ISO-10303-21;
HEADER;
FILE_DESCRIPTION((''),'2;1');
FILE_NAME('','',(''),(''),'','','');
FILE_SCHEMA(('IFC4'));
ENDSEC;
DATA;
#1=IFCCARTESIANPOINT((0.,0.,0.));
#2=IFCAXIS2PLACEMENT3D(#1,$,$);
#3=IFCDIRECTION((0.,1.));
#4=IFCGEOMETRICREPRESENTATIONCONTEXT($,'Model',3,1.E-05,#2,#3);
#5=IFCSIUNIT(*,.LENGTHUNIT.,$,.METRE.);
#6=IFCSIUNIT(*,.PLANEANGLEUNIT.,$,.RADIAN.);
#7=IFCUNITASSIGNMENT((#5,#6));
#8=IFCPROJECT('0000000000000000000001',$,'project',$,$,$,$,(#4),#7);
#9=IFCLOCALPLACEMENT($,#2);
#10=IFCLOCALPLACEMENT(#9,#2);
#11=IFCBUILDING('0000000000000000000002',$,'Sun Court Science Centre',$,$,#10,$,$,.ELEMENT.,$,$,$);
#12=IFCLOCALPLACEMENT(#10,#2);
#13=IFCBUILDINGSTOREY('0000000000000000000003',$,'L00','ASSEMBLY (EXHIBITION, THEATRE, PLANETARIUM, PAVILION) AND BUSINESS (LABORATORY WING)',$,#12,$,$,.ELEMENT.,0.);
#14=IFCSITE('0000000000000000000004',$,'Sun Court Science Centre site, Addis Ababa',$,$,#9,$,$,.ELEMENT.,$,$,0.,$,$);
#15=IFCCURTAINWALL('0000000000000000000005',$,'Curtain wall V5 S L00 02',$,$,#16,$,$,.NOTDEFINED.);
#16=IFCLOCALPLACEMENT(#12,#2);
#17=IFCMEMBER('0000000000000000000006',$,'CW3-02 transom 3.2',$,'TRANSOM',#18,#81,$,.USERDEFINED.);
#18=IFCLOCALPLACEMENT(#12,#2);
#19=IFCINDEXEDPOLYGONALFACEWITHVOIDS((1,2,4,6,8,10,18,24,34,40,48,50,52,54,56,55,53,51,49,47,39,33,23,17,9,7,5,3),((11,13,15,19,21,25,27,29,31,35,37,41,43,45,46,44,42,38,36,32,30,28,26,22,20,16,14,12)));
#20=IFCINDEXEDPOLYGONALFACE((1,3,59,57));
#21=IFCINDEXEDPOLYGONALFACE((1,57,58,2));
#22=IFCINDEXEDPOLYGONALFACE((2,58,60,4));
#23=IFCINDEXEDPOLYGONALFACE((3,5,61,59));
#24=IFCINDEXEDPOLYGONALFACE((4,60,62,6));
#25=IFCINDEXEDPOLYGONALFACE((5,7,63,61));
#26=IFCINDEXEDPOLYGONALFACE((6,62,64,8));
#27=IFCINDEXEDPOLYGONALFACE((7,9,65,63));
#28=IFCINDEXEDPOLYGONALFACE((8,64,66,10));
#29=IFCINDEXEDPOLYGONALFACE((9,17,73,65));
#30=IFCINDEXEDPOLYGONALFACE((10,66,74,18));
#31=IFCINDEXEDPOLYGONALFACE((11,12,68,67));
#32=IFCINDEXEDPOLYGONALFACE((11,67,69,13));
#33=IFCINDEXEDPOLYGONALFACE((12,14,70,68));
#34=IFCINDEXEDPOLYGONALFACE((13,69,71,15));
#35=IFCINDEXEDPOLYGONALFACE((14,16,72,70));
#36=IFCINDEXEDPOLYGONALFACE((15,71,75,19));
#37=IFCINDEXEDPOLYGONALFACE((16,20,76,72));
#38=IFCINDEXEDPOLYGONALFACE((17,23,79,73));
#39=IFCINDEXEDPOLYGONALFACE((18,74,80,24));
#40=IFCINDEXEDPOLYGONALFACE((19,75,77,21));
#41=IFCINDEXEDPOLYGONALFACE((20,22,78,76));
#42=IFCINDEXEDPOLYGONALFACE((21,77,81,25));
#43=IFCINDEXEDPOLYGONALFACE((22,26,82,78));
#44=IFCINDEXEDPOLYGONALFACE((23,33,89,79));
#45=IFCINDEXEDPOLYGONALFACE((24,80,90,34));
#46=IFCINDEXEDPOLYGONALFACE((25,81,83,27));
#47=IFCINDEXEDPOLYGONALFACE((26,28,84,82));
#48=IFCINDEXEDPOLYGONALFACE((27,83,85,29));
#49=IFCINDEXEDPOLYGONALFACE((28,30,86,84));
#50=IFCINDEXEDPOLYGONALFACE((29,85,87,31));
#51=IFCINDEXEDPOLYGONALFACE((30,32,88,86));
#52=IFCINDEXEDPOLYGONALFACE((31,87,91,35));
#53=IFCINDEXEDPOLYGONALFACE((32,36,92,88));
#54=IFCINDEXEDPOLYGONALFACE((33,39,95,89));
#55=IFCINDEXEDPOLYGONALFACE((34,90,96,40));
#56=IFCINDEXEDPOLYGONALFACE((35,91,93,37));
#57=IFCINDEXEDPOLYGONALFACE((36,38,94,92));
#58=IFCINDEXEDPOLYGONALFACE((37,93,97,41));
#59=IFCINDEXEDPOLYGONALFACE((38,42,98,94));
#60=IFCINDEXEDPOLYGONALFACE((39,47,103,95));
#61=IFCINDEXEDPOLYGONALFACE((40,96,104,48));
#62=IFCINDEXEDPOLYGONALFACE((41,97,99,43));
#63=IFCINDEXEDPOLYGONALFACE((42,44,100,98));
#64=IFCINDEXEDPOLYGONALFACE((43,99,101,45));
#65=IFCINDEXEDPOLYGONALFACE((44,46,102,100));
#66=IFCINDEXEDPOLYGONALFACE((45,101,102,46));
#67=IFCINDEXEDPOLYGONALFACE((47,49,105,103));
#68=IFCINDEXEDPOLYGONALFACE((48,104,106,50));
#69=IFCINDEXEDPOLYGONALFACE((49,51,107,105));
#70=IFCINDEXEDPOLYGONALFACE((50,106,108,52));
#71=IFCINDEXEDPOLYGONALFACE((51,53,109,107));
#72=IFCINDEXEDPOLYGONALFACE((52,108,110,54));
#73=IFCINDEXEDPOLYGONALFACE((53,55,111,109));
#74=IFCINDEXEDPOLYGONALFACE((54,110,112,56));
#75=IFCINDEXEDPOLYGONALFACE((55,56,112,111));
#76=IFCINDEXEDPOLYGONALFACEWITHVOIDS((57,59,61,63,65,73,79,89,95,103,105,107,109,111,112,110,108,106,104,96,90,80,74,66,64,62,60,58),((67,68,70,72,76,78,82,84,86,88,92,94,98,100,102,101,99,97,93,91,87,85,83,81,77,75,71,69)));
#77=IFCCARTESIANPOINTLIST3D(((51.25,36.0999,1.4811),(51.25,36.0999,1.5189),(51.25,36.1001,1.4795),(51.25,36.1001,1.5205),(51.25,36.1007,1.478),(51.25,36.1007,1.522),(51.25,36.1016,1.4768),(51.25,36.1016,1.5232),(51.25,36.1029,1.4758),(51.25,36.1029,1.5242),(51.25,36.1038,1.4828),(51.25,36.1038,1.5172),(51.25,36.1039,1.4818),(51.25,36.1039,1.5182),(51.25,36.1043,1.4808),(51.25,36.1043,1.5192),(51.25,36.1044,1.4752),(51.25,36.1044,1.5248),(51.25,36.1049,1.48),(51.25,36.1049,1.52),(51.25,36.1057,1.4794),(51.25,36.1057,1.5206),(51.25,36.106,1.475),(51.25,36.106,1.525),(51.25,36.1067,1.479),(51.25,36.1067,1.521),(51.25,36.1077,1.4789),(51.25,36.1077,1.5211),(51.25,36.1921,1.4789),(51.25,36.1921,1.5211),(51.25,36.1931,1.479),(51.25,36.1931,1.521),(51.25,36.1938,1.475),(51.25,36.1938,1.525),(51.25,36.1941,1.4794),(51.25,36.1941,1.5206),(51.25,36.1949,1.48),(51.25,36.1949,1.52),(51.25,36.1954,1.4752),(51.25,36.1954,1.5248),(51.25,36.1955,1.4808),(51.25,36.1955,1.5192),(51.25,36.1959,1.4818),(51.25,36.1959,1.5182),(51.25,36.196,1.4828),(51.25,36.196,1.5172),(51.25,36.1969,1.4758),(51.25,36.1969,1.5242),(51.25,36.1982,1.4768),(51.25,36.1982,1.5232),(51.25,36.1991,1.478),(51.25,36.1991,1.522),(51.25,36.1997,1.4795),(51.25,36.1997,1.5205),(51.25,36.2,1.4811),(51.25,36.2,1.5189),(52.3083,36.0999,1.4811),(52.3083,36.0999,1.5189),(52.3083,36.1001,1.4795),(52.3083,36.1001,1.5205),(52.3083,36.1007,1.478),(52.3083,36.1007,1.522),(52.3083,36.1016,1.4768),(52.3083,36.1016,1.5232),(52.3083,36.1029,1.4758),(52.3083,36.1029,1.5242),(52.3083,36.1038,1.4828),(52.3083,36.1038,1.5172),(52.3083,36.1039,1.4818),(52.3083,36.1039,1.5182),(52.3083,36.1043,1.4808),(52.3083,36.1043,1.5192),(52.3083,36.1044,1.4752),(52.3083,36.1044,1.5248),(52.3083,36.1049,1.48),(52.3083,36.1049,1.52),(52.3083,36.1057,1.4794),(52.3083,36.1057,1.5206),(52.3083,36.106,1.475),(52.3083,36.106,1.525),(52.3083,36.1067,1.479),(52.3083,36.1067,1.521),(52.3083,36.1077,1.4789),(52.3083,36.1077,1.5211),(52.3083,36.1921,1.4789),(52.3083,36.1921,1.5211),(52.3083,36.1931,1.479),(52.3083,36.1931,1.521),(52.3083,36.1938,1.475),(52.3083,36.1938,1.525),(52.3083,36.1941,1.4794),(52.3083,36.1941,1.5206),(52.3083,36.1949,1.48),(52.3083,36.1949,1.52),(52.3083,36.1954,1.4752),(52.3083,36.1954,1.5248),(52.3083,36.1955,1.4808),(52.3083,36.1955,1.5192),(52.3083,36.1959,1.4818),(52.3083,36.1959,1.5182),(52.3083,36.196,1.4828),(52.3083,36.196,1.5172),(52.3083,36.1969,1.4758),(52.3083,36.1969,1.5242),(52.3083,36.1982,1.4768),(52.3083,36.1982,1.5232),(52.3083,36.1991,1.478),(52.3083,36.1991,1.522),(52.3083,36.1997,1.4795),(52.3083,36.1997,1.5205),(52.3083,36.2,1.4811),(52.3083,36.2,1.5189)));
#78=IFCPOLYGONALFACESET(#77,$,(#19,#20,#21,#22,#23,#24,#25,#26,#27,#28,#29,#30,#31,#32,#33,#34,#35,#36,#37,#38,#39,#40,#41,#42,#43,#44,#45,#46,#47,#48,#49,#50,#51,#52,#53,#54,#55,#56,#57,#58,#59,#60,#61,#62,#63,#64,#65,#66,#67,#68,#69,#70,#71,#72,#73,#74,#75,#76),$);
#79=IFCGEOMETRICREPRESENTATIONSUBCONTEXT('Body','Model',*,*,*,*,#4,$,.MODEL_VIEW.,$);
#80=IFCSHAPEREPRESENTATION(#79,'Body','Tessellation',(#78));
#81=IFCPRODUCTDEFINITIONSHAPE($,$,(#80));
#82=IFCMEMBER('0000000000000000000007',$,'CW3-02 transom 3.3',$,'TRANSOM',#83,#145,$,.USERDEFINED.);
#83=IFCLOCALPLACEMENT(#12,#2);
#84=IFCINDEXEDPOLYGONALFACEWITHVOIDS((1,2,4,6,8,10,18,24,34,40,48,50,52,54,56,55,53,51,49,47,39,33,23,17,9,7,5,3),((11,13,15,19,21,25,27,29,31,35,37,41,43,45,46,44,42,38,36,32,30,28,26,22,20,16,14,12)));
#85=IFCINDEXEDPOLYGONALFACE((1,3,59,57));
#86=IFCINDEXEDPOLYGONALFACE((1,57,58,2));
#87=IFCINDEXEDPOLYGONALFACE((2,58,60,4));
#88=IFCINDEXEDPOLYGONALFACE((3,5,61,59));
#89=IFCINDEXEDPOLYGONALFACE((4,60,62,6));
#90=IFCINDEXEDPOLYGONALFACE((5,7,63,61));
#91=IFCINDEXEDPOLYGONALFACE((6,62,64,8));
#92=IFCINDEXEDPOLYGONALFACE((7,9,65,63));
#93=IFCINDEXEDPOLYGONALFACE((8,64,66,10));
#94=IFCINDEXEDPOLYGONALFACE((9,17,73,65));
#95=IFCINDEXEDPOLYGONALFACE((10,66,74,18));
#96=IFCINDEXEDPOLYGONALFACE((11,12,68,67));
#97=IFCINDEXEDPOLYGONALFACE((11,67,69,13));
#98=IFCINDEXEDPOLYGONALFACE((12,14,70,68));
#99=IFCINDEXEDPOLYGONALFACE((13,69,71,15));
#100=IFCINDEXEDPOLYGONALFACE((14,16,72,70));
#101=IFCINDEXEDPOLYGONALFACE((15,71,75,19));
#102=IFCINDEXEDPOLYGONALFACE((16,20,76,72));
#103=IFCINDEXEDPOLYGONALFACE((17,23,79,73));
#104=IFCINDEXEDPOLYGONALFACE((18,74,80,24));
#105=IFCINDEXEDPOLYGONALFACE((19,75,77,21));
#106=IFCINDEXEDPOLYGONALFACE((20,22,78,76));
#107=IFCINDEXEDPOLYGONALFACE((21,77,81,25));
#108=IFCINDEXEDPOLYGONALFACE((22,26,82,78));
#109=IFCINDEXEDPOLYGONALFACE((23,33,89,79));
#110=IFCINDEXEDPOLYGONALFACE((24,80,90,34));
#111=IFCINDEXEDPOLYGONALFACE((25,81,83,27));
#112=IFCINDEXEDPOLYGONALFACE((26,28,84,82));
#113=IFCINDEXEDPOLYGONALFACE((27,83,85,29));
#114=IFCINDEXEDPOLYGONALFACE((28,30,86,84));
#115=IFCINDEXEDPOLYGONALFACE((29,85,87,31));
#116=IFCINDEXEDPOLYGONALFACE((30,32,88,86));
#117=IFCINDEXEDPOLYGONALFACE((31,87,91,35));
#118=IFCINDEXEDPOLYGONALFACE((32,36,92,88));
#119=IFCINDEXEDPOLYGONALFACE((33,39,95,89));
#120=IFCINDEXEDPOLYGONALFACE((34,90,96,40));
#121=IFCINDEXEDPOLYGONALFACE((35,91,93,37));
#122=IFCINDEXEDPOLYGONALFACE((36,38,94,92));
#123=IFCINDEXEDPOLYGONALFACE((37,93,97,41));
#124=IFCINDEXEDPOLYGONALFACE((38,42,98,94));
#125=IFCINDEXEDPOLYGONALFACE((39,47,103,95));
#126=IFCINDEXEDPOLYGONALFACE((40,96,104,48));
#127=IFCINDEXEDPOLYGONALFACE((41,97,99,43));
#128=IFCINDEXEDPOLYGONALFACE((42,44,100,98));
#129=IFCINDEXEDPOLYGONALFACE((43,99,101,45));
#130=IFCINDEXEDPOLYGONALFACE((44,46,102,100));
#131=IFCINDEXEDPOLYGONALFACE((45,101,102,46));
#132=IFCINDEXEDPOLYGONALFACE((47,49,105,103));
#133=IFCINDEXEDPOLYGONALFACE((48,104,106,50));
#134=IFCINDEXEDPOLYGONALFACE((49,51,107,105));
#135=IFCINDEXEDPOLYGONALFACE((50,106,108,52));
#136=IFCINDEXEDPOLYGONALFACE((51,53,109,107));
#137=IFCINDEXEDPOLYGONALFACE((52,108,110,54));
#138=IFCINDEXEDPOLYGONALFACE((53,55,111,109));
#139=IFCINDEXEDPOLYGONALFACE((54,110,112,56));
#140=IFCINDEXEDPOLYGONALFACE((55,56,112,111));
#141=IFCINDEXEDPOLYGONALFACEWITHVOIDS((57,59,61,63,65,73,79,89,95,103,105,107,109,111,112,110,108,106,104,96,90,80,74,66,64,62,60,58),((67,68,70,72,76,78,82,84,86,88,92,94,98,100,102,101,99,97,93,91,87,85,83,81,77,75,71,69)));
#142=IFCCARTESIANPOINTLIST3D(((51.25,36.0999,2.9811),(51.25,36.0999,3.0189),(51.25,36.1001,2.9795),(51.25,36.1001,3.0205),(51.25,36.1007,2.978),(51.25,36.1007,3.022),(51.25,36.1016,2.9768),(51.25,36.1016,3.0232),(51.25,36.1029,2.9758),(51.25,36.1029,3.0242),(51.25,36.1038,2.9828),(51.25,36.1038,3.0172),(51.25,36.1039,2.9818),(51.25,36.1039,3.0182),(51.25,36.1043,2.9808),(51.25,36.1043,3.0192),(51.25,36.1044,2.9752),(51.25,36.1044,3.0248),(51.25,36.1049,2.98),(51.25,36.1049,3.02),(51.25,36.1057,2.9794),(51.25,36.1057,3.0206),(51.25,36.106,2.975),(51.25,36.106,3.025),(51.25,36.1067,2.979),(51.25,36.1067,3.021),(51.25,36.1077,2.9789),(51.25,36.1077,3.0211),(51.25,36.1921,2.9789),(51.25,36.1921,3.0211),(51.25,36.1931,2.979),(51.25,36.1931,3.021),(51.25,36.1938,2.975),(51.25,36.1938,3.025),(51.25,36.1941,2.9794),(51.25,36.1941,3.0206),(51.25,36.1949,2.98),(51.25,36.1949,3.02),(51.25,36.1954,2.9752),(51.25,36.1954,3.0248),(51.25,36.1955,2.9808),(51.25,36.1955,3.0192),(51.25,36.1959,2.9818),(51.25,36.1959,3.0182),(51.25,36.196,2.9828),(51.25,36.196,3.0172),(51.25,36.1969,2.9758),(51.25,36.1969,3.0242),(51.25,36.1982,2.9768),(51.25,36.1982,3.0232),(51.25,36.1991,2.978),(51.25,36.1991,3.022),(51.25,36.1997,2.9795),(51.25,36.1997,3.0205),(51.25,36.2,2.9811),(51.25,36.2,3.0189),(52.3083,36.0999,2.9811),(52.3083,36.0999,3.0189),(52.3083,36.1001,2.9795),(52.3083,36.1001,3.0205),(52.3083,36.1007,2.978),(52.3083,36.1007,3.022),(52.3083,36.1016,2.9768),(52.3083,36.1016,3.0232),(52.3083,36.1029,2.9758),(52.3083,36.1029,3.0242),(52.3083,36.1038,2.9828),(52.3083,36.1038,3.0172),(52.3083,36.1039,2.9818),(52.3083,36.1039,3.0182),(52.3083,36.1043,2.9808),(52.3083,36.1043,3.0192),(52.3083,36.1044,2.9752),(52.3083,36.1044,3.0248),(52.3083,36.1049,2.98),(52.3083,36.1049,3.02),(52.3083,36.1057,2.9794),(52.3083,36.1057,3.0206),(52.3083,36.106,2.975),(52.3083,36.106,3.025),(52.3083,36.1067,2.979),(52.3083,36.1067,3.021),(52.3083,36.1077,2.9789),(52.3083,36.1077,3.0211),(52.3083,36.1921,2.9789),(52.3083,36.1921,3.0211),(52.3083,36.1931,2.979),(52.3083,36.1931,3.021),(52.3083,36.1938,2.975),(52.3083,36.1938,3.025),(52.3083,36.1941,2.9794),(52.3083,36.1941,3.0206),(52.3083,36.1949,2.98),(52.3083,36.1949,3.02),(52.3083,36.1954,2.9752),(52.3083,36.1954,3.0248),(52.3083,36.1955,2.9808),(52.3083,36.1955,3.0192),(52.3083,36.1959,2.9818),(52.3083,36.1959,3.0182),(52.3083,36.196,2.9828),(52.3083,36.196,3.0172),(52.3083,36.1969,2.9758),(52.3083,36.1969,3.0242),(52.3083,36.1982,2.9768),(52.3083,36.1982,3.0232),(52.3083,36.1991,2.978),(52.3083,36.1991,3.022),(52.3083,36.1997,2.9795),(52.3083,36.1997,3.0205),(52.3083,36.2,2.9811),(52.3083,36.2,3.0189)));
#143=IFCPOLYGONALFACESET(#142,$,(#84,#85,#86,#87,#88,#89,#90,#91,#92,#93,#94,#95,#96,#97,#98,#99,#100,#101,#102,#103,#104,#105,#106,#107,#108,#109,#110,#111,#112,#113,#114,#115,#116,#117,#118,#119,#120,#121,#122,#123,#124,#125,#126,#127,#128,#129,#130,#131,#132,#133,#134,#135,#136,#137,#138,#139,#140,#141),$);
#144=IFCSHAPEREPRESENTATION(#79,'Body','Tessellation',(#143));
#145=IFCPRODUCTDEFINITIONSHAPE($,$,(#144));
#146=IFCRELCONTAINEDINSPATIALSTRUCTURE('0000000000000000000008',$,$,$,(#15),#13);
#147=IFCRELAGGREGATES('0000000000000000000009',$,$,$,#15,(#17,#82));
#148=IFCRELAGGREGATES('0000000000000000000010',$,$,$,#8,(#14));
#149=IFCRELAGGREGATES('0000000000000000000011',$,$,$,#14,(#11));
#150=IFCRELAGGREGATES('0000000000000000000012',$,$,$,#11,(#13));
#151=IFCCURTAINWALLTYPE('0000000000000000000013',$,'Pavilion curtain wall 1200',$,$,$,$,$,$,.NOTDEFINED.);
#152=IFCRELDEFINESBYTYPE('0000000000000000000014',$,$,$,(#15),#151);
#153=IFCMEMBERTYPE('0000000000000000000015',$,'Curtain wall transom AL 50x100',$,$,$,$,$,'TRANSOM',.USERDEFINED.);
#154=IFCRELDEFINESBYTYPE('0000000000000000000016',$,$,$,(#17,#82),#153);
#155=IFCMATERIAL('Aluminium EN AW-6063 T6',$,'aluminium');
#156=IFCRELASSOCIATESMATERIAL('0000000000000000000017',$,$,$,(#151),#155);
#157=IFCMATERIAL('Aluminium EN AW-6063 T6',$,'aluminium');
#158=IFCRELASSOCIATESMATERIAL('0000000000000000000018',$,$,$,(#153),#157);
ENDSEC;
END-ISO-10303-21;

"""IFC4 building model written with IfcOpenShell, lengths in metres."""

from ifc_helpers import new_model, si_unit, direction, frame, origin, origin_2d, place, context, subcontext, project, spatial, hollow_rectangle, extrude, material, material_profile, profile_set, type_object, element, aggregate, save


model = new_model("IFC4")

# Units and contexts
model_context = context("Model", 3, precision=1e-05, world=origin(), true_north=direction((0.0, 1.0)))
body_context = subcontext(model_context, "Body", "Model", "MODEL_VIEW")
ifc_project = project(units=[si_unit("LENGTHUNIT", "METRE"), si_unit("PLANEANGLEUNIT", "RADIAN")], contexts=[model_context])

# Site, building, storey
site_placement = place(None, origin())
site = spatial("IfcSite", under=ifc_project, at=site_placement, Name="Sun Court Science Centre site, Addis Ababa", CompositionType="ELEMENT", RefElevation=0.0)
building_placement = place(site_placement, origin())
building = spatial("IfcBuilding", under=site, at=building_placement, Name="Sun Court Science Centre", CompositionType="ELEMENT")
storey_placement = place(building_placement, origin())
storey = spatial("IfcBuildingStorey", under=building, at=storey_placement, Name="L00", Description="ASSEMBLY (EXHIBITION, THEATRE, PLANETARIUM, PAVILION) AND BUSINESS (LABORATORY WING)", CompositionType="ELEMENT", Elevation=0.0)

# Curtain wall, members
ifc_material_1 = material(Name="Aluminium EN AW-6063 T6", Category="aluminium")
curtain_wall_type = type_object("IfcCurtainWallType", Name="Pavilion curtain wall 1200", PredefinedType="NOTDEFINED", material=ifc_material_1)
curtain_wall_1_placement = place(storey_placement, origin())
curtain_wall_1 = element("IfcCurtainWall", 1, at=curtain_wall_1_placement, inside=storey, type_object=curtain_wall_type, Name="Curtain wall V5 S L00 02", PredefinedType="NOTDEFINED")
ifc_material_2 = material(Name="Aluminium EN AW-6063 T6", Category="aluminium")
ifc_material_profile = material_profile(ifc_material_2, hollow_rectangle(XDim=0.05, YDim=0.1001, WallThickness=0.0039, InnerFilletRadius=0.0039, OuterFilletRadius=0.0061, at=origin_2d()), Name="AL 50x100x4")
ifc_profile_set = profile_set([ifc_material_profile], Name="Aluminium EN AW-6063 T6")
member_type = type_object("IfcMemberType", Name="Curtain wall transom AL 50x100", ElementType="TRANSOM", PredefinedType="USERDEFINED", material=ifc_profile_set)
member_1_placement = place(storey_placement, frame((52.3083, 36.1499, 1.5), z_axis=(-1.0, 0.0, 0.0), x_axis=(0.0, 0.0, 1.0)))
member_1 = element("IfcMember", 2, at=member_1_placement, type_object=member_type, Name="CW3-02 transom 3.2", ObjectType="TRANSOM", PredefinedType="USERDEFINED", context=body_context, shape_type="SweptSolid", body=[
    extrude(hollow_rectangle(XDim=0.05, YDim=0.1001, WallThickness=0.0039, InnerFilletRadius=0.0039, OuterFilletRadius=0.0061, at=origin_2d()), origin(), (0.0, 0.0, 1.0), 1.0583),
])
member_2_placement = place(storey_placement, frame((52.3083, 36.1499, 3.0), z_axis=(-1.0, 0.0, 0.0), x_axis=(0.0, 0.0, 1.0)))
member_2 = element("IfcMember", 3, at=member_2_placement, type_object=member_type, Name="CW3-02 transom 3.3", ObjectType="TRANSOM", PredefinedType="USERDEFINED", context=body_context, shape_type="SweptSolid", body=[
    extrude(hollow_rectangle(XDim=0.05, YDim=0.1001, WallThickness=0.0039, InnerFilletRadius=0.0039, OuterFilletRadius=0.0061, at=origin_2d()), origin(), (0.0, 0.0, 1.0), 1.0583),
])

aggregate(curtain_wall_1, [member_1, member_2])

save(model, "model.ifc")
